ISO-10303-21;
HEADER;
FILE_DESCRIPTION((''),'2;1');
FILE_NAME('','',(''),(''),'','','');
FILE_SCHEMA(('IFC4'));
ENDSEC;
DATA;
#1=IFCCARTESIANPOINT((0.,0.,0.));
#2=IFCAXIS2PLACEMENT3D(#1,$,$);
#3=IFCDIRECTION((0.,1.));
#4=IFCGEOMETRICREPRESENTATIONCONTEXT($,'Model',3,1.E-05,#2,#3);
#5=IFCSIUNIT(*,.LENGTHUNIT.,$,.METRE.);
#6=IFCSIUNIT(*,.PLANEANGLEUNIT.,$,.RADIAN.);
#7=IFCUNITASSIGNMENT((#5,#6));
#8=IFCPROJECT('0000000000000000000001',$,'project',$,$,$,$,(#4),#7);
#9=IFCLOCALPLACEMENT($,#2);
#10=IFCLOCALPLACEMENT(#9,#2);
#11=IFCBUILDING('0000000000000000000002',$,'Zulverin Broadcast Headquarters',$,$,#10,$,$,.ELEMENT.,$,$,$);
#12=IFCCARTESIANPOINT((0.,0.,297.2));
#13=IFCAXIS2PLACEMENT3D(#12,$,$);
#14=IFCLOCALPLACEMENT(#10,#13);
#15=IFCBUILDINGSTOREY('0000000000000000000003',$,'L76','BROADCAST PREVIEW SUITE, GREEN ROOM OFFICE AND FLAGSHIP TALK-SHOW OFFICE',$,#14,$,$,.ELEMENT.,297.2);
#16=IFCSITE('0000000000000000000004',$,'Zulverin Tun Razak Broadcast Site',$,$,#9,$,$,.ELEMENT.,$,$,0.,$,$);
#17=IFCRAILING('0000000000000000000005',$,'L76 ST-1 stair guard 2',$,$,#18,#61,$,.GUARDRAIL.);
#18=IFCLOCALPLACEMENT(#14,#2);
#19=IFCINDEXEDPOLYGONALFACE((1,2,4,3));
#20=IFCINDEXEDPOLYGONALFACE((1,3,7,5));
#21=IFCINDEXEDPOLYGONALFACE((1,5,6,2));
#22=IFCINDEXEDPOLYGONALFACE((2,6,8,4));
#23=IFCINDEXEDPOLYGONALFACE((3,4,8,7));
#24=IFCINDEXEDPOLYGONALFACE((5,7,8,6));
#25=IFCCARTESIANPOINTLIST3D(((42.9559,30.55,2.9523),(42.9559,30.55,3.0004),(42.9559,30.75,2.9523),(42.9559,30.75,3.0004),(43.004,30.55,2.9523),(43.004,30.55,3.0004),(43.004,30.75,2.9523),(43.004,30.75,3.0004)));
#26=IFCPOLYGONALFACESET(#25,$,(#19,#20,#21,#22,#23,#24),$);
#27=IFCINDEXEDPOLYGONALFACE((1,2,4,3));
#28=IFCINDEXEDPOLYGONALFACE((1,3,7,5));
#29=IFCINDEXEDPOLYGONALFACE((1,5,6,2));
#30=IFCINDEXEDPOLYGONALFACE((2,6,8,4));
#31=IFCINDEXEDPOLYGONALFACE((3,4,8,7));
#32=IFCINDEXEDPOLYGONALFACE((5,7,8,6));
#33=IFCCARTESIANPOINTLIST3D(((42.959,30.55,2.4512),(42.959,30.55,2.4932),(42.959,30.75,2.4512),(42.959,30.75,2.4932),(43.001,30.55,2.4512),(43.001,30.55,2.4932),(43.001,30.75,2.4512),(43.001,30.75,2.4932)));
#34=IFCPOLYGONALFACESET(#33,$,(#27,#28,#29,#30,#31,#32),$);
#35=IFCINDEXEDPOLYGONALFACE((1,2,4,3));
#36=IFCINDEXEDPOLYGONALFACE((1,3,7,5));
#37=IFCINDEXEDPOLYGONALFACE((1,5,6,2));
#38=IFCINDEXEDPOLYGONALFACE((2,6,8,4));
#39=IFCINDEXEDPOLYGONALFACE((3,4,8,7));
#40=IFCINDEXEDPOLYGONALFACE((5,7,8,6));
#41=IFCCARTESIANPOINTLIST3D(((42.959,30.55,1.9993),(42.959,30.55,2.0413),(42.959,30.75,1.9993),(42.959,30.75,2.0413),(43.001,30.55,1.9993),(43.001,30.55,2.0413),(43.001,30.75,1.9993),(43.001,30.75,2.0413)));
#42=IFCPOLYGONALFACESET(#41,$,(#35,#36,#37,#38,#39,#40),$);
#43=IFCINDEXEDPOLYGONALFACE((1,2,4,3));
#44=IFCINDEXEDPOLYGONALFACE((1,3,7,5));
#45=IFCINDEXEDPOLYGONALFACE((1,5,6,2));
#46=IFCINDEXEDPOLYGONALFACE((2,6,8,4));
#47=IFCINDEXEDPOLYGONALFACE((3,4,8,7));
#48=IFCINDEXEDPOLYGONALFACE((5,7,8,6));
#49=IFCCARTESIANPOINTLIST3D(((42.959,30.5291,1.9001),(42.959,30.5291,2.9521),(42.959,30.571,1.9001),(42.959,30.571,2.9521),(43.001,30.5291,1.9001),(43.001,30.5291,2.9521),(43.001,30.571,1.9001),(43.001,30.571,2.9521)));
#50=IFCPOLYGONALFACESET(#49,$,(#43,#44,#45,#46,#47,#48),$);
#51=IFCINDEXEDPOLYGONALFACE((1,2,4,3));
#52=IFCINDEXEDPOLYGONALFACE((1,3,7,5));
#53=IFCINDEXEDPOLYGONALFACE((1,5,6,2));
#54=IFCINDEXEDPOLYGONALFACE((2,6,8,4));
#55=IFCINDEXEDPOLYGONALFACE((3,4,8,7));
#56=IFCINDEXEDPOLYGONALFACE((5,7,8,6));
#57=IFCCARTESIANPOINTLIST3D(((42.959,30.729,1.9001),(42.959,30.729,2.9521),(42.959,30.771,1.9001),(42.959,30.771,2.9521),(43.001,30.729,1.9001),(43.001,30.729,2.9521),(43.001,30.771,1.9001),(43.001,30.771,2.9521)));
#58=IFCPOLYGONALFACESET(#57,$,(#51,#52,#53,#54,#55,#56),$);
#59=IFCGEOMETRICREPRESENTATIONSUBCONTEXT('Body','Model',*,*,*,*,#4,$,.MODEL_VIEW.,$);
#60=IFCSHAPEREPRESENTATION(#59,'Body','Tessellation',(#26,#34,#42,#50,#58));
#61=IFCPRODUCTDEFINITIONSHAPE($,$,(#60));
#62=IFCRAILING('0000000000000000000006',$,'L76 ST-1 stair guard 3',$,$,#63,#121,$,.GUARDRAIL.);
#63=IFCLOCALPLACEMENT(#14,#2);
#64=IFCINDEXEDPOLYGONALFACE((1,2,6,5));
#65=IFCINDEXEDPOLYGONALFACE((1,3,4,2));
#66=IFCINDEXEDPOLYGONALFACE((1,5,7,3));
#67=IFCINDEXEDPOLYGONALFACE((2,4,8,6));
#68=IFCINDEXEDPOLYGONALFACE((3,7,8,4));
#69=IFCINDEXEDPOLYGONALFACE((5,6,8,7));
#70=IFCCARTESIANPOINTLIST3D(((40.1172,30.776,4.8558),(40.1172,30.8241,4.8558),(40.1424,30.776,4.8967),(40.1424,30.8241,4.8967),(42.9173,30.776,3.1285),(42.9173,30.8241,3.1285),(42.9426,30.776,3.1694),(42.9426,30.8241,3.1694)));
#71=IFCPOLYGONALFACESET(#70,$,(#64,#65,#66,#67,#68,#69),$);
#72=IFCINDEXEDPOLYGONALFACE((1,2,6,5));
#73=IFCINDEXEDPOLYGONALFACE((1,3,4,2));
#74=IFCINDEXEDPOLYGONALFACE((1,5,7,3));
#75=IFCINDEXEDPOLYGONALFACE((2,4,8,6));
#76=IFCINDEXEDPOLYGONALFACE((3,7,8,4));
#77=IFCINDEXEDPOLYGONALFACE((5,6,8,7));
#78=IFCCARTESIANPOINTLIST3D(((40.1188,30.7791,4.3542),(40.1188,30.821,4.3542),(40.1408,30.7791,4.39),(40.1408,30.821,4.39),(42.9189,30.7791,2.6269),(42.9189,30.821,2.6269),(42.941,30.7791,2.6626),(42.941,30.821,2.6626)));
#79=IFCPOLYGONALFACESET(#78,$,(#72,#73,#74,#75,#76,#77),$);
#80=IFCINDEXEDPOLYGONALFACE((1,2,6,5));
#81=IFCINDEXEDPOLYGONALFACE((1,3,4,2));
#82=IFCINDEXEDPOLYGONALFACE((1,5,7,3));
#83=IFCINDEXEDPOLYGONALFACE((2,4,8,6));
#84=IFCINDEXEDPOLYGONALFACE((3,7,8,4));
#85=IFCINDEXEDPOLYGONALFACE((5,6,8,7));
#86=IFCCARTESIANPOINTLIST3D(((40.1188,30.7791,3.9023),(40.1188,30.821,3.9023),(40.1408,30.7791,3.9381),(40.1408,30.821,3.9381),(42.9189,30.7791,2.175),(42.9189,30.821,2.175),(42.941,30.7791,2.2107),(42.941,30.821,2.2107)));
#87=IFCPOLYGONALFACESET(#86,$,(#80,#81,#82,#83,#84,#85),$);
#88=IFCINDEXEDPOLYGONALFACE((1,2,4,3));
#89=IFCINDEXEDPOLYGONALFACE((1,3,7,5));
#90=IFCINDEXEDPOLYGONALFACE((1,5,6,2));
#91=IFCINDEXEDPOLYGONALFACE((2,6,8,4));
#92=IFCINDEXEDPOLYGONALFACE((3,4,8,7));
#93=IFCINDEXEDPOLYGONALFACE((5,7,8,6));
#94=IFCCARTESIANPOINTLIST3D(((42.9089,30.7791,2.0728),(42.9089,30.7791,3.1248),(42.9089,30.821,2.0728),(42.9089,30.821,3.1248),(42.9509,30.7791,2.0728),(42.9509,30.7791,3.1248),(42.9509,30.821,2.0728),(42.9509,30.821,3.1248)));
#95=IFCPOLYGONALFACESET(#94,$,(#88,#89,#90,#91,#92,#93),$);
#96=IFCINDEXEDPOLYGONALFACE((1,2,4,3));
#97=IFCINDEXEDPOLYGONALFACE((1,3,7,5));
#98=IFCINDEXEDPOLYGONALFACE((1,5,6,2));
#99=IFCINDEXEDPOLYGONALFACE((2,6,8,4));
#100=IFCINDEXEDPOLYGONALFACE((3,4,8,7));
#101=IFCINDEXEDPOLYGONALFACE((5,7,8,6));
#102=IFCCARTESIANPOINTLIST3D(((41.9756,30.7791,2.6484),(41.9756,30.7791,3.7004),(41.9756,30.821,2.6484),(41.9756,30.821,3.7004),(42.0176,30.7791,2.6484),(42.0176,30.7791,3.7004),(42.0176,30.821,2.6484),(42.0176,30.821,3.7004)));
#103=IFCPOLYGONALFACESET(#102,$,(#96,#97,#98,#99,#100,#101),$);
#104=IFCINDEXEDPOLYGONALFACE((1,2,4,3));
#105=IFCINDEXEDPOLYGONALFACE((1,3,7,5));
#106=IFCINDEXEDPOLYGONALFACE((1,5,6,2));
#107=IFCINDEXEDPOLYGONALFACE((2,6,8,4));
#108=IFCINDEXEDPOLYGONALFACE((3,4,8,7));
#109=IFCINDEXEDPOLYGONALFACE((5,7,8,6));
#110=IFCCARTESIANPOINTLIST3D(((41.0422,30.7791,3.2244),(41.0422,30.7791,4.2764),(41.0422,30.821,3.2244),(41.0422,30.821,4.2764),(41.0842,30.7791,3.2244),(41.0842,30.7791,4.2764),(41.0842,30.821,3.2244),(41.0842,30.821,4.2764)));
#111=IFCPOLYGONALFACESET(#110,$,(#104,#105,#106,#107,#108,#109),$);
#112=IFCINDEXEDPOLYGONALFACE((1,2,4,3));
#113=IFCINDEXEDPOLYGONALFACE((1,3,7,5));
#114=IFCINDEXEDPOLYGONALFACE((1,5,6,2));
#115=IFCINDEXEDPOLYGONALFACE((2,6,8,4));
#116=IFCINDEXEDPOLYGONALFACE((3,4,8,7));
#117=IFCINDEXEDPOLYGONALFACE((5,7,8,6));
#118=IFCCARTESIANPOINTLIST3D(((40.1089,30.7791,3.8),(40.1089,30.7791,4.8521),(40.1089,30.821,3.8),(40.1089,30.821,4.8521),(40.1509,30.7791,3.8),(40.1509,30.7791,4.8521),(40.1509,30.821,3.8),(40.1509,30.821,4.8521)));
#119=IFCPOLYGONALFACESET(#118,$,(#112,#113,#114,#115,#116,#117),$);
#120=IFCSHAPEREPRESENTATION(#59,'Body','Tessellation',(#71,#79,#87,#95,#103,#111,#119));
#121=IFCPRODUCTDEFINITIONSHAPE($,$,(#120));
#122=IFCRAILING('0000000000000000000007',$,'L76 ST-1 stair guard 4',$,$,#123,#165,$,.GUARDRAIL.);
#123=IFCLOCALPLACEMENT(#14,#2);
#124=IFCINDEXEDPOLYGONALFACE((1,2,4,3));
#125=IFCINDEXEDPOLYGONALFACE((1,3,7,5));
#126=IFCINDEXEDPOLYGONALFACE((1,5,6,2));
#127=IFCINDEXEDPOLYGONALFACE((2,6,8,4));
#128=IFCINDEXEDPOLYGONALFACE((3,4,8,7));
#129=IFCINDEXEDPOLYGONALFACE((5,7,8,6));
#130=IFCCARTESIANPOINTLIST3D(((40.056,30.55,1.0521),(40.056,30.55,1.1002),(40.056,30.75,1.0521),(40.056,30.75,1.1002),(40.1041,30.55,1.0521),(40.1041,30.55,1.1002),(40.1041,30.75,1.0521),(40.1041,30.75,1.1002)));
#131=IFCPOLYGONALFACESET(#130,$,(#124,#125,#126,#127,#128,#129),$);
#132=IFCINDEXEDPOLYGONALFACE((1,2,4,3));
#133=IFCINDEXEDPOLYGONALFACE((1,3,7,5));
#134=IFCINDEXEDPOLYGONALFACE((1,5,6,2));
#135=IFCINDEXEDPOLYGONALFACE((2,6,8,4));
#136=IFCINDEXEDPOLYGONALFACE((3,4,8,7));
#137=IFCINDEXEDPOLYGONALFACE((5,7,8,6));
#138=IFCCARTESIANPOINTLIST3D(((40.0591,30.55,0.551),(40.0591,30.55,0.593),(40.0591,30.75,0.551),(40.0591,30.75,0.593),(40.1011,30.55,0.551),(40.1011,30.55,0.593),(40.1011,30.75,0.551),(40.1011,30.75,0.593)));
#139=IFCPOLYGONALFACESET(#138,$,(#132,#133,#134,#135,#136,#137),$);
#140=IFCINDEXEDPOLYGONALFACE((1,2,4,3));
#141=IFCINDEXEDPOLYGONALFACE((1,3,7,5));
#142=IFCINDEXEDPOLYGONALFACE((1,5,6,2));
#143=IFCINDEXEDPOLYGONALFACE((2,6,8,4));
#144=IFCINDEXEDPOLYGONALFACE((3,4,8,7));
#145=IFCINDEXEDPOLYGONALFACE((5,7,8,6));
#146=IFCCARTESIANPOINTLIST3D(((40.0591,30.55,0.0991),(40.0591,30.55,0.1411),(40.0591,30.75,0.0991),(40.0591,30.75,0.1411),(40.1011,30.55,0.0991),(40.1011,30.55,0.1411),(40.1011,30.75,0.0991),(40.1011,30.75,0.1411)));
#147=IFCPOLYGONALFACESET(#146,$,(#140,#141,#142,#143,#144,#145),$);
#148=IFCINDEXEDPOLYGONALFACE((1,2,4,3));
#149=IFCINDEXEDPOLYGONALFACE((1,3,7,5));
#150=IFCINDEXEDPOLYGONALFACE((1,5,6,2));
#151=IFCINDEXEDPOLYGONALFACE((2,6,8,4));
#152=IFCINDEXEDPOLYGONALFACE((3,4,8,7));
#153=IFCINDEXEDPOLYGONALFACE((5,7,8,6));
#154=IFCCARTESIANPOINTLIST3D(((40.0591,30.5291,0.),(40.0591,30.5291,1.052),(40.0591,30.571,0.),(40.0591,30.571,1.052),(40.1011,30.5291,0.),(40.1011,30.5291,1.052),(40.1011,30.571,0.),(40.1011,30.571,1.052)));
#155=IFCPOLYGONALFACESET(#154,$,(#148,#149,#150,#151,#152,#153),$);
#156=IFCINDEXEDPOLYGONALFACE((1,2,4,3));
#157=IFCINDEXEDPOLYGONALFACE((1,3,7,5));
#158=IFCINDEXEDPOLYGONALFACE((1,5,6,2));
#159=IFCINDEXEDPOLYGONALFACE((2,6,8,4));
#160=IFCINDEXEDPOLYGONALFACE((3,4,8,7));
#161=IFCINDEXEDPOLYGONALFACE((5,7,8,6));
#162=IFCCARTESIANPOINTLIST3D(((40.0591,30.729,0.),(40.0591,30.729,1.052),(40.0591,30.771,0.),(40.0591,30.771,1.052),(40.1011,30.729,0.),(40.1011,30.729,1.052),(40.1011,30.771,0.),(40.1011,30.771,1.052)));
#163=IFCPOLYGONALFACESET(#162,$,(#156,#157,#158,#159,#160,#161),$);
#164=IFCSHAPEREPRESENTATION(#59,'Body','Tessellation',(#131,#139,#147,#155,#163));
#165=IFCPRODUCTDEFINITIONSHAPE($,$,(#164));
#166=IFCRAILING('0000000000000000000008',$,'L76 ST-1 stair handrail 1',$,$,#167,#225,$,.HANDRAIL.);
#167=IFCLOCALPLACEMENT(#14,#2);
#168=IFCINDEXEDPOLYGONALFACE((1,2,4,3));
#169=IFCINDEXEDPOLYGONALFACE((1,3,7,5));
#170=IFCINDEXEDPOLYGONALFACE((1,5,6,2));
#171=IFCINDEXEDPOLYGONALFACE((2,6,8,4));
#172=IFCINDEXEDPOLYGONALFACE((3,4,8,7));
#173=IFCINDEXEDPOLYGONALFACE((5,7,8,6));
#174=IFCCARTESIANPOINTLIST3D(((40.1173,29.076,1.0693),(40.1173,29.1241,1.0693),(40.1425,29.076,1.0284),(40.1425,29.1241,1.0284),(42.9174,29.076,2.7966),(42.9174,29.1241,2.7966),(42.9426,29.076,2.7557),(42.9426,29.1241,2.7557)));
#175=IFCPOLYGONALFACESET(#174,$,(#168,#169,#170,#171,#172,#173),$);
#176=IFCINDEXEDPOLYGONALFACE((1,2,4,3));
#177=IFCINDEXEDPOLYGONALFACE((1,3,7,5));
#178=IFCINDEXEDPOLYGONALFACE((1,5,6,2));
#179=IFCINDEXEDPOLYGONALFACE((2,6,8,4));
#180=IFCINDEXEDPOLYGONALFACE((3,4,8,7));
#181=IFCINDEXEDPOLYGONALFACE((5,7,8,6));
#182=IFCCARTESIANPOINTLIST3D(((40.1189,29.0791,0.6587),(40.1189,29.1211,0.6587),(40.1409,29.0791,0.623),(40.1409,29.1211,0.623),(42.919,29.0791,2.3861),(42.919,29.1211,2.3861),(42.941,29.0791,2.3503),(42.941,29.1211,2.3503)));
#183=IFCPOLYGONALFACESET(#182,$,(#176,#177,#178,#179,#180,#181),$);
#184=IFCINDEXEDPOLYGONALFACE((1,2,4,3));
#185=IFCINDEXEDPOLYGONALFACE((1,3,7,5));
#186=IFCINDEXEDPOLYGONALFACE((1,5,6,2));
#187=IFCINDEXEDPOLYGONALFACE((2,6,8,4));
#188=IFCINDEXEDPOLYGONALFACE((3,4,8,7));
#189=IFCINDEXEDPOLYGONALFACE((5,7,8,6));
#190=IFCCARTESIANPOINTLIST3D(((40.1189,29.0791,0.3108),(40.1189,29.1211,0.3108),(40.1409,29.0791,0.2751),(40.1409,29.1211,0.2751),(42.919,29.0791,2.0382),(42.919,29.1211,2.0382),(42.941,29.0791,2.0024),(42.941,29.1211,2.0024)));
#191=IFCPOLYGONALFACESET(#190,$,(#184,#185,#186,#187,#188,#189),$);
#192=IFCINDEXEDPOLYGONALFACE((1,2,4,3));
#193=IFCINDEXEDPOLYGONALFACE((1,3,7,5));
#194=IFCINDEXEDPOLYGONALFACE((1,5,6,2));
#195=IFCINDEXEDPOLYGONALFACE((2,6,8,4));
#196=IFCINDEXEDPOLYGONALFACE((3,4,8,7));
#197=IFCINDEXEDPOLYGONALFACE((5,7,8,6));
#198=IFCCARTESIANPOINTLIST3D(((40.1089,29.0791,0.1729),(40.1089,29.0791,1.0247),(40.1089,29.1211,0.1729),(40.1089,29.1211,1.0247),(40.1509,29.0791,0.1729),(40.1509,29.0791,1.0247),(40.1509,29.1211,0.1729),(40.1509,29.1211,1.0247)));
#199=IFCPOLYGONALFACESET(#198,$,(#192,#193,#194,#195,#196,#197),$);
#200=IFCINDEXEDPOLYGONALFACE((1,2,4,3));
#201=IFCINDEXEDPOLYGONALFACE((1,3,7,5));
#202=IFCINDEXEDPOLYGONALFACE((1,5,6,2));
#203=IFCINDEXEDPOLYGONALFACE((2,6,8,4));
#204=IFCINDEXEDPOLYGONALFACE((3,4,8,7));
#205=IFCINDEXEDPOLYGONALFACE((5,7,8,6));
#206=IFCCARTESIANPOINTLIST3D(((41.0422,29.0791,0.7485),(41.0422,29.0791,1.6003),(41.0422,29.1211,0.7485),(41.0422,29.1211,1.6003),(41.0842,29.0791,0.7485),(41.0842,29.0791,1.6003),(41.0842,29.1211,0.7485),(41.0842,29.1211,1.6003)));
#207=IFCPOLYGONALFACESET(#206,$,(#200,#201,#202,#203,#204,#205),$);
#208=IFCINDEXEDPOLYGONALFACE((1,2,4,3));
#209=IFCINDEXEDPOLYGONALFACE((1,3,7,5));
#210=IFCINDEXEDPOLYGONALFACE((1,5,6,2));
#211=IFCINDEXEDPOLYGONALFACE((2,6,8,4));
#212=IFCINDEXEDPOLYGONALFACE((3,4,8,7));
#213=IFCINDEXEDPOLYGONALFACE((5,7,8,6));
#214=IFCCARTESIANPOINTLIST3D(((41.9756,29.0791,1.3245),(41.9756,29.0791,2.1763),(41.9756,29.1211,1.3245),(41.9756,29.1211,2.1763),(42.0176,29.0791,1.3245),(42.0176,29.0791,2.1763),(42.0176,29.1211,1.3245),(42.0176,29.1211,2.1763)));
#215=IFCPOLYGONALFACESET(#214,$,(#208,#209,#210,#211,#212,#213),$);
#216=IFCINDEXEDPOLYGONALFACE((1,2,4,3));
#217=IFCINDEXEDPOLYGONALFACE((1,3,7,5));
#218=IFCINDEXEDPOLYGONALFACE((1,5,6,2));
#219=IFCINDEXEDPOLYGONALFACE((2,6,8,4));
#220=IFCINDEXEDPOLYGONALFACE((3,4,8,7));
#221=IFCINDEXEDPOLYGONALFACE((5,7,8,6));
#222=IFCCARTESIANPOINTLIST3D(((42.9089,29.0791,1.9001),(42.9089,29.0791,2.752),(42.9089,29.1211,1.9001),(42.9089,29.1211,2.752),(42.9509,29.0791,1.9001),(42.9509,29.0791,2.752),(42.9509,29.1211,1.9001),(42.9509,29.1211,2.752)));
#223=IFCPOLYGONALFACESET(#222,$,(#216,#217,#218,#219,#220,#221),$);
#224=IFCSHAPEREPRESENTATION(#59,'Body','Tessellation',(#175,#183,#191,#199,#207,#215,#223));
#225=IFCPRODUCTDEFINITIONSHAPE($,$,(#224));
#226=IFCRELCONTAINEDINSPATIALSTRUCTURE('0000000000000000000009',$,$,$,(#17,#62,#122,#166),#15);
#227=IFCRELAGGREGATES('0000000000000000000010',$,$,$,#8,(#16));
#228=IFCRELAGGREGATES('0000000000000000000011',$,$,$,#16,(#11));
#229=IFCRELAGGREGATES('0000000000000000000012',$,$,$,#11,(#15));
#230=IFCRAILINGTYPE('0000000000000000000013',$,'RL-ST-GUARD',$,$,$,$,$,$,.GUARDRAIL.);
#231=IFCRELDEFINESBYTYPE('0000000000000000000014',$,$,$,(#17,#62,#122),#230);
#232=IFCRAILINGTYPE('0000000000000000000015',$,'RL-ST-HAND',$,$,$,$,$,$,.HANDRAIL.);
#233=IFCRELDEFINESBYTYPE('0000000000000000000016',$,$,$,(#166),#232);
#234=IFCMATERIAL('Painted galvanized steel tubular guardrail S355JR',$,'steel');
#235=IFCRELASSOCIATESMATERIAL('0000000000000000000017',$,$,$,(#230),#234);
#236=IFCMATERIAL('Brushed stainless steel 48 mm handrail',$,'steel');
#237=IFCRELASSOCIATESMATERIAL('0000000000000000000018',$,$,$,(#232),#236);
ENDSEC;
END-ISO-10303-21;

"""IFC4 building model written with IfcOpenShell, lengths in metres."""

from ifc_helpers import new_model, si_unit, direction, frame, origin, origin_2d, place, context, subcontext, project, spatial, rectangle, extrude, material, type_object, element, save


model = new_model("IFC4")

# Units and contexts
model_context = context("Model", 3, precision=1e-05, world=origin(), true_north=direction((0.0, 1.0)))
body_context = subcontext(model_context, "Body", "Model", "MODEL_VIEW")
ifc_project = project(units=[si_unit("LENGTHUNIT", "METRE"), si_unit("PLANEANGLEUNIT", "RADIAN")], contexts=[model_context])

# Site, building, storey
site_placement = place(None, origin())
site = spatial("IfcSite", under=ifc_project, at=site_placement, Name="Zulverin Tun Razak Broadcast Site", CompositionType="ELEMENT", RefElevation=0.0)
building_placement = place(site_placement, origin())
building = spatial("IfcBuilding", under=site, at=building_placement, Name="Zulverin Broadcast Headquarters", CompositionType="ELEMENT")
storey_placement = place(building_placement, frame((0.0, 0.0, 297.2)))
storey = spatial("IfcBuildingStorey", under=building, at=storey_placement, Name="L76", Description="BROADCAST PREVIEW SUITE, GREEN ROOM OFFICE AND FLAGSHIP TALK-SHOW OFFICE", CompositionType="ELEMENT", Elevation=297.2)

# Railings
ifc_material_1 = material(Name="Painted galvanized steel tubular guardrail S355JR", Category="steel")
railing_type_1 = type_object("IfcRailingType", Name="RL-ST-GUARD", PredefinedType="GUARDRAIL", material=ifc_material_1)
railing_1_placement = place(storey_placement, frame((42.98, 30.55, 1.9001)))
element("IfcRailing", 1, at=railing_1_placement, inside=storey, type_object=railing_type_1, Name="L76 ST-1 stair guard 2", PredefinedType="GUARDRAIL", context=body_context, shape_type="SweptSolid", body=[
    extrude(rectangle(XDim=0.0481, YDim=0.0481, at=origin_2d()), frame((0.0, 0.0, 1.0762), z_axis=(0.0, 1.0, 0.0), x_axis=(-1.0, 0.0, 0.0)), (0.0, 0.0, 1.0), 0.2),
    extrude(rectangle(XDim=0.042, YDim=0.042, at=origin_2d()), frame((0.0, 0.0, 0.572), z_axis=(0.0, 1.0, 0.0), x_axis=(-1.0, 0.0, 0.0)), (0.0, 0.0, 1.0), 0.2),
    extrude(rectangle(XDim=0.042, YDim=0.042, at=origin_2d()), frame((0.0, 0.0, 0.1201), z_axis=(0.0, 1.0, 0.0), x_axis=(-1.0, 0.0, 0.0)), (0.0, 0.0, 1.0), 0.2),
    extrude(rectangle(XDim=0.042, YDim=0.042, at=origin_2d()), origin(), (0.0, 0.0, 1.0), 1.052),
    extrude(rectangle(XDim=0.042, YDim=0.042, at=origin_2d()), frame((0.0, 0.2, 0.0)), (0.0, 0.0, 1.0), 1.052),
])
railing_2_placement = place(storey_placement, frame((42.9299, 30.8, 2.0728)))
element("IfcRailing", 2, at=railing_2_placement, inside=storey, type_object=railing_type_1, Name="L76 ST-1 stair guard 3", PredefinedType="GUARDRAIL", context=body_context, shape_type="SweptSolid", body=[
    extrude(rectangle(XDim=0.0481, YDim=0.0481, at=origin_2d()), frame((0.0, 0.0, 1.0762), z_axis=(-0.85109, 0.0, 0.52502), x_axis=(0.0, -1.0, 0.0)), (0.0, 0.0, 1.0), 3.29),
    extrude(rectangle(XDim=0.042, YDim=0.042, at=origin_2d()), frame((0.0, 0.0, 0.572), z_axis=(-0.85109, 0.0, 0.52502), x_axis=(0.0, -1.0, 0.0)), (0.0, 0.0, 1.0), 3.29),
    extrude(rectangle(XDim=0.042, YDim=0.042, at=origin_2d()), frame((0.0, 0.0, 0.1201), z_axis=(-0.85109, 0.0, 0.52502), x_axis=(0.0, -1.0, 0.0)), (0.0, 0.0, 1.0), 3.29),
    extrude(rectangle(XDim=0.042, YDim=0.042, at=origin_2d()), origin(), (0.0, 0.0, 1.0), 1.052),
    extrude(rectangle(XDim=0.042, YDim=0.042, at=origin_2d()), frame((-0.9333, 0.0, 0.5757)), (0.0, 0.0, 1.0), 1.052),
    extrude(rectangle(XDim=0.042, YDim=0.042, at=origin_2d()), frame((-1.8667, 0.0, 1.1516)), (0.0, 0.0, 1.0), 1.052),
    extrude(rectangle(XDim=0.042, YDim=0.042, at=origin_2d()), frame((-2.8, 0.0, 1.7273)), (0.0, 0.0, 1.0), 1.052),
])
railing_3_placement = place(storey_placement, frame((40.0801, 30.55, 0.0)))
element("IfcRailing", 3, at=railing_3_placement, inside=storey, type_object=railing_type_1, Name="L76 ST-1 stair guard 4", PredefinedType="GUARDRAIL", context=body_context, shape_type="SweptSolid", body=[
    extrude(rectangle(XDim=0.0481, YDim=0.0481, at=origin_2d()), frame((0.0, 0.0, 1.0762), z_axis=(0.0, 1.0, 0.0), x_axis=(-1.0, 0.0, 0.0)), (0.0, 0.0, 1.0), 0.2),
    extrude(rectangle(XDim=0.042, YDim=0.042, at=origin_2d()), frame((0.0, 0.0, 0.572), z_axis=(0.0, 1.0, 0.0), x_axis=(-1.0, 0.0, 0.0)), (0.0, 0.0, 1.0), 0.2),
    extrude(rectangle(XDim=0.042, YDim=0.042, at=origin_2d()), frame((0.0, 0.0, 0.1201), z_axis=(0.0, 1.0, 0.0), x_axis=(-1.0, 0.0, 0.0)), (0.0, 0.0, 1.0), 0.2),
    extrude(rectangle(XDim=0.042, YDim=0.042, at=origin_2d()), origin(), (0.0, 0.0, 1.0), 1.052),
    extrude(rectangle(XDim=0.042, YDim=0.042, at=origin_2d()), frame((0.0, 0.2, 0.0)), (0.0, 0.0, 1.0), 1.052),
])
ifc_material_2 = material(Name="Brushed stainless steel 48 mm handrail", Category="steel")
railing_type_2 = type_object("IfcRailingType", Name="RL-ST-HAND", PredefinedType="HANDRAIL", material=ifc_material_2)
railing_4_placement = place(storey_placement, frame((40.1299, 29.1001, 0.1729)))
element("IfcRailing", 4, at=railing_4_placement, inside=storey, type_object=railing_type_2, Name="L76 ST-1 stair handrail 1", PredefinedType="HANDRAIL", context=body_context, shape_type="SweptSolid", body=[
    extrude(rectangle(XDim=0.0481, YDim=0.0481, at=origin_2d()), frame((0.0, 0.0, 0.876), z_axis=(0.85109, 0.0, 0.52502), x_axis=(0.0, 1.0, 0.0)), (0.0, 0.0, 1.0), 3.29),
    extrude(rectangle(XDim=0.042, YDim=0.042, at=origin_2d()), frame((0.0, 0.0, 0.468), z_axis=(0.85109, 0.0, 0.52502), x_axis=(0.0, 1.0, 0.0)), (0.0, 0.0, 1.0), 3.29),
    extrude(rectangle(XDim=0.042, YDim=0.042, at=origin_2d()), frame((0.0, 0.0, 0.1201), z_axis=(0.85109, 0.0, 0.52502), x_axis=(0.0, 1.0, 0.0)), (0.0, 0.0, 1.0), 3.29),
    extrude(rectangle(XDim=0.042, YDim=0.042, at=origin_2d()), origin(), (0.0, 0.0, 1.0), 0.8518),
    extrude(rectangle(XDim=0.042, YDim=0.042, at=origin_2d()), frame((0.9333, 0.0, 0.5757)), (0.0, 0.0, 1.0), 0.8518),
    extrude(rectangle(XDim=0.042, YDim=0.042, at=origin_2d()), frame((1.8667, 0.0, 1.1516)), (0.0, 0.0, 1.0), 0.8518),
    extrude(rectangle(XDim=0.042, YDim=0.042, at=origin_2d()), frame((2.8, 0.0, 1.7273)), (0.0, 0.0, 1.0), 0.8518),
])

save(model, "model.ifc")
